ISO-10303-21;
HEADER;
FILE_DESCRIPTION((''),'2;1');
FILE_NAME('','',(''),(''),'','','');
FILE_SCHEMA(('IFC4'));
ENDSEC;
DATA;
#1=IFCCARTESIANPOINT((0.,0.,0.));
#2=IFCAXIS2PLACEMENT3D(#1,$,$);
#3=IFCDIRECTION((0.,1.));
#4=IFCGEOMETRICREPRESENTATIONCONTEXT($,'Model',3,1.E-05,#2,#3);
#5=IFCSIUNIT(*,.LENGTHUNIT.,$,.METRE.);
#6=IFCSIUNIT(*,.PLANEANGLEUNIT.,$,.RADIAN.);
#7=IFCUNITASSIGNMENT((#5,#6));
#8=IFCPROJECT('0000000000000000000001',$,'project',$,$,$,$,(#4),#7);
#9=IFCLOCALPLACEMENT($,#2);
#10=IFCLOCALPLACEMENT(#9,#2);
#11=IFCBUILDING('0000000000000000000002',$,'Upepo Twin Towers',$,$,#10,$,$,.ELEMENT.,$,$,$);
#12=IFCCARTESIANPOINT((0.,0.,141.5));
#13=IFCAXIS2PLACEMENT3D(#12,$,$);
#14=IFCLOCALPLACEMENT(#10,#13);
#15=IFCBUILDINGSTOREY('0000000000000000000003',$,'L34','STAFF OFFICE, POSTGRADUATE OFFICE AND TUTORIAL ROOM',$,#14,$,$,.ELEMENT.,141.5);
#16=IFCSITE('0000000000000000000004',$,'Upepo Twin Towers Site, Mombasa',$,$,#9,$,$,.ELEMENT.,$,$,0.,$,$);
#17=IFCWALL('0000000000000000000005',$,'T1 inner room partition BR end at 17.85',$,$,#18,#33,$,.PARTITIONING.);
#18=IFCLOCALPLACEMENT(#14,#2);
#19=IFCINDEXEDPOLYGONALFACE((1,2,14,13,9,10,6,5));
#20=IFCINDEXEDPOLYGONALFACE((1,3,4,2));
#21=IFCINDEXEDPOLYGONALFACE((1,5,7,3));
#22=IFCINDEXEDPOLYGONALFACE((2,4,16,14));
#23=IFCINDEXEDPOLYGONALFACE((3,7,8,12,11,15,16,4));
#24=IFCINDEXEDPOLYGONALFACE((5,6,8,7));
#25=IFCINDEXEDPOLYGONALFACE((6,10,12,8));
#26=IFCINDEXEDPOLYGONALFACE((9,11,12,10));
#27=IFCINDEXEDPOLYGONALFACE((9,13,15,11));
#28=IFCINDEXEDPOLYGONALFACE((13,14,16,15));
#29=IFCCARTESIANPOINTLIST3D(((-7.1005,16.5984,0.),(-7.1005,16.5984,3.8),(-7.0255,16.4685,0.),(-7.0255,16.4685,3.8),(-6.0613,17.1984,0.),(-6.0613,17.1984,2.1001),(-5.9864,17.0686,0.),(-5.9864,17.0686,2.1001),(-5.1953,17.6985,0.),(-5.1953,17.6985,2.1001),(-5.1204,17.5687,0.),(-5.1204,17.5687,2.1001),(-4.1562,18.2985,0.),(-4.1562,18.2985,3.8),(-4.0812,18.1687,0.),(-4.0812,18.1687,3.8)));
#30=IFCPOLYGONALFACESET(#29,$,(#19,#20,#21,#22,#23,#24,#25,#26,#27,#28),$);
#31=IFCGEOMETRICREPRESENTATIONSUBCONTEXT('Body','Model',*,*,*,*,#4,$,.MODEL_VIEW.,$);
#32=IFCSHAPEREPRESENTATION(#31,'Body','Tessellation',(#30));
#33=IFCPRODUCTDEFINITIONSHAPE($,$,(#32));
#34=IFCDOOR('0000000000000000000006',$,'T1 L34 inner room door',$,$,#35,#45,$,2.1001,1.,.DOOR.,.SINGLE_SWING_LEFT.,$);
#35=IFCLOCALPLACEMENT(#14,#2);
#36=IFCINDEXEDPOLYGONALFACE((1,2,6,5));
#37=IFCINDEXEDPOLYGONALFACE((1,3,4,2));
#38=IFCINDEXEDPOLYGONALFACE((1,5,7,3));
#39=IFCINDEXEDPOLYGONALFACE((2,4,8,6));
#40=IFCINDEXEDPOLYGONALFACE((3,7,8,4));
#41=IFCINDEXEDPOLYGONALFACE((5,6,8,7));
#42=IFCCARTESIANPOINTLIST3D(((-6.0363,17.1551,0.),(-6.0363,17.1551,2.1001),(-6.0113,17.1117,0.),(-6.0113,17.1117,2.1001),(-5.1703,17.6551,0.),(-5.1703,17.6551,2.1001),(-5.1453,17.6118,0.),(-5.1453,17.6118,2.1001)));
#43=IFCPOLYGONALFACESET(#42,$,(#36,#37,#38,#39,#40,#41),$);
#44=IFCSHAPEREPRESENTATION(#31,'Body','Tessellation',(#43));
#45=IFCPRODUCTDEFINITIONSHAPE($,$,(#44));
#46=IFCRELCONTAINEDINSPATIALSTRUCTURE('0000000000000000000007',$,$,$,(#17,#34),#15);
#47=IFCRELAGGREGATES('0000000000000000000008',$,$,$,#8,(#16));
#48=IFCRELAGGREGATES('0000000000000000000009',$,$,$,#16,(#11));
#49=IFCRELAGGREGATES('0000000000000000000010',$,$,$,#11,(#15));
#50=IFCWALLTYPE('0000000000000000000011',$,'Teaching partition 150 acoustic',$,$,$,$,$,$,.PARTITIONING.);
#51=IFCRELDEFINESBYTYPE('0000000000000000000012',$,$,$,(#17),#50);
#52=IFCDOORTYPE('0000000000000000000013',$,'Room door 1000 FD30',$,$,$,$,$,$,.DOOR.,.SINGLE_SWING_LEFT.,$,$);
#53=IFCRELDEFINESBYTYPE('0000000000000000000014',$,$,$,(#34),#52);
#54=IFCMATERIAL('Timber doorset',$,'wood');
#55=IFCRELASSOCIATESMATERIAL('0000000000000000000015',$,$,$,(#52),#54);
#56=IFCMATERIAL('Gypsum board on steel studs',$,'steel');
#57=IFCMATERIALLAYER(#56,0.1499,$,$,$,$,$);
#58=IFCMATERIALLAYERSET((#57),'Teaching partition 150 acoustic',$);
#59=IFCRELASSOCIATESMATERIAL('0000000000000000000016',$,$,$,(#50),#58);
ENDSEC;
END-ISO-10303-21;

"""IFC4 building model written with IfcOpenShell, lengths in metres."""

from ifc_helpers import new_model, si_unit, direction, frame, frame_2d, origin, place, context, subcontext, project, spatial, rectangle, extrude, material, layer, layer_set, type_object, element, fill, save


model = new_model("IFC4")

# Units and contexts
model_context = context("Model", 3, precision=1e-05, world=origin(), true_north=direction((0.0, 1.0)))
body_context = subcontext(model_context, "Body", "Model", "MODEL_VIEW")
ifc_project = project(units=[si_unit("LENGTHUNIT", "METRE"), si_unit("PLANEANGLEUNIT", "RADIAN")], contexts=[model_context])

# Site, building, storey
site_placement = place(None, origin())
site = spatial("IfcSite", under=ifc_project, at=site_placement, Name="Upepo Twin Towers Site, Mombasa", CompositionType="ELEMENT", RefElevation=0.0)
building_placement = place(site_placement, origin())
building = spatial("IfcBuilding", under=site, at=building_placement, Name="Upepo Twin Towers", CompositionType="ELEMENT")
storey_placement = place(building_placement, frame((0.0, 0.0, 141.5)))
storey = spatial("IfcBuildingStorey", under=building, at=storey_placement, Name="L34", Description="STAFF OFFICE, POSTGRADUATE OFFICE AND TUTORIAL ROOM", CompositionType="ELEMENT", Elevation=141.5)

# Shared definitions
ifc_material_1 = material(Name="Timber doorset", Category="wood")
door_type = type_object("IfcDoorType", Name="Room door 1000 FD30", OperationType="SINGLE_SWING_LEFT", PredefinedType="DOOR", material=ifc_material_1)

# Shared definitions
ifc_material_2 = material(Name="Gypsum board on steel studs", Category="steel")
ifc_layer_1 = layer(ifc_material_2, 0.1499)
ifc_layer_set_1 = layer_set([ifc_layer_1], Name="Teaching partition 150 acoustic")
wall_type_1 = type_object("IfcWallType", Name="Teaching partition 150 acoustic", PredefinedType="PARTITIONING", material=ifc_layer_set_1)

# Wall, opening, door
wall_1_placement = place(storey_placement, frame((-7.063, 16.5334, 0.0), z_axis=(0.0, 0.0, 1.0), x_axis=(0.865989, 0.500062, 0.0)))
wall_1 = element("IfcWall", 1, at=wall_1_placement, inside=storey, type_object=wall_type_1, Name="T1 inner room partition BR end at 17.85", PredefinedType="PARTITIONING", context=body_context, shape_type="SweptSolid", body=[
    extrude(rectangle(XDim=3.3999, YDim=0.1499, at=frame_2d((1.7, 0.0))), origin(), (0.0, 0.0, 1.0), 3.8),
])
opening_1_placement = place(wall_1_placement, frame((1.2, 0.0, 0.0)))
opening_1 = element("IfcOpeningElement", 2, at=opening_1_placement, cuts=wall_1, PredefinedType="OPENING", context=body_context, shape_type="SweptSolid", body=[
    extrude(rectangle(XDim=1.0, YDim=2.1001, at=frame_2d((0.5, 1.05))), frame((0.0, 0.085, 0.0), z_axis=(0.0, -1.0, 0.0), x_axis=(1.0, 0.0, 0.0)), (0.0, 0.0, 1.0), 0.1699),
])
door_1_placement = place(opening_1_placement, origin())
door_1 = element("IfcDoor", 3, at=door_1_placement, inside=storey, type_object=door_type, Name="T1 L34 inner room door", OperationType="SINGLE_SWING_LEFT", OverallHeight=2.1001, OverallWidth=1.0, PredefinedType="DOOR", context=body_context, shape_type="SweptSolid", body=[
    extrude(rectangle(XDim=1.0, YDim=2.1001, at=frame_2d((0.5, 1.05))), frame((0.0, 0.0249, 0.0), z_axis=(0.0, -1.0, 0.0), x_axis=(1.0, 0.0, 0.0)), (0.0, 0.0, 1.0), 0.05),
])
fill(opening_1, door_1)

save(model, "model.ifc")
